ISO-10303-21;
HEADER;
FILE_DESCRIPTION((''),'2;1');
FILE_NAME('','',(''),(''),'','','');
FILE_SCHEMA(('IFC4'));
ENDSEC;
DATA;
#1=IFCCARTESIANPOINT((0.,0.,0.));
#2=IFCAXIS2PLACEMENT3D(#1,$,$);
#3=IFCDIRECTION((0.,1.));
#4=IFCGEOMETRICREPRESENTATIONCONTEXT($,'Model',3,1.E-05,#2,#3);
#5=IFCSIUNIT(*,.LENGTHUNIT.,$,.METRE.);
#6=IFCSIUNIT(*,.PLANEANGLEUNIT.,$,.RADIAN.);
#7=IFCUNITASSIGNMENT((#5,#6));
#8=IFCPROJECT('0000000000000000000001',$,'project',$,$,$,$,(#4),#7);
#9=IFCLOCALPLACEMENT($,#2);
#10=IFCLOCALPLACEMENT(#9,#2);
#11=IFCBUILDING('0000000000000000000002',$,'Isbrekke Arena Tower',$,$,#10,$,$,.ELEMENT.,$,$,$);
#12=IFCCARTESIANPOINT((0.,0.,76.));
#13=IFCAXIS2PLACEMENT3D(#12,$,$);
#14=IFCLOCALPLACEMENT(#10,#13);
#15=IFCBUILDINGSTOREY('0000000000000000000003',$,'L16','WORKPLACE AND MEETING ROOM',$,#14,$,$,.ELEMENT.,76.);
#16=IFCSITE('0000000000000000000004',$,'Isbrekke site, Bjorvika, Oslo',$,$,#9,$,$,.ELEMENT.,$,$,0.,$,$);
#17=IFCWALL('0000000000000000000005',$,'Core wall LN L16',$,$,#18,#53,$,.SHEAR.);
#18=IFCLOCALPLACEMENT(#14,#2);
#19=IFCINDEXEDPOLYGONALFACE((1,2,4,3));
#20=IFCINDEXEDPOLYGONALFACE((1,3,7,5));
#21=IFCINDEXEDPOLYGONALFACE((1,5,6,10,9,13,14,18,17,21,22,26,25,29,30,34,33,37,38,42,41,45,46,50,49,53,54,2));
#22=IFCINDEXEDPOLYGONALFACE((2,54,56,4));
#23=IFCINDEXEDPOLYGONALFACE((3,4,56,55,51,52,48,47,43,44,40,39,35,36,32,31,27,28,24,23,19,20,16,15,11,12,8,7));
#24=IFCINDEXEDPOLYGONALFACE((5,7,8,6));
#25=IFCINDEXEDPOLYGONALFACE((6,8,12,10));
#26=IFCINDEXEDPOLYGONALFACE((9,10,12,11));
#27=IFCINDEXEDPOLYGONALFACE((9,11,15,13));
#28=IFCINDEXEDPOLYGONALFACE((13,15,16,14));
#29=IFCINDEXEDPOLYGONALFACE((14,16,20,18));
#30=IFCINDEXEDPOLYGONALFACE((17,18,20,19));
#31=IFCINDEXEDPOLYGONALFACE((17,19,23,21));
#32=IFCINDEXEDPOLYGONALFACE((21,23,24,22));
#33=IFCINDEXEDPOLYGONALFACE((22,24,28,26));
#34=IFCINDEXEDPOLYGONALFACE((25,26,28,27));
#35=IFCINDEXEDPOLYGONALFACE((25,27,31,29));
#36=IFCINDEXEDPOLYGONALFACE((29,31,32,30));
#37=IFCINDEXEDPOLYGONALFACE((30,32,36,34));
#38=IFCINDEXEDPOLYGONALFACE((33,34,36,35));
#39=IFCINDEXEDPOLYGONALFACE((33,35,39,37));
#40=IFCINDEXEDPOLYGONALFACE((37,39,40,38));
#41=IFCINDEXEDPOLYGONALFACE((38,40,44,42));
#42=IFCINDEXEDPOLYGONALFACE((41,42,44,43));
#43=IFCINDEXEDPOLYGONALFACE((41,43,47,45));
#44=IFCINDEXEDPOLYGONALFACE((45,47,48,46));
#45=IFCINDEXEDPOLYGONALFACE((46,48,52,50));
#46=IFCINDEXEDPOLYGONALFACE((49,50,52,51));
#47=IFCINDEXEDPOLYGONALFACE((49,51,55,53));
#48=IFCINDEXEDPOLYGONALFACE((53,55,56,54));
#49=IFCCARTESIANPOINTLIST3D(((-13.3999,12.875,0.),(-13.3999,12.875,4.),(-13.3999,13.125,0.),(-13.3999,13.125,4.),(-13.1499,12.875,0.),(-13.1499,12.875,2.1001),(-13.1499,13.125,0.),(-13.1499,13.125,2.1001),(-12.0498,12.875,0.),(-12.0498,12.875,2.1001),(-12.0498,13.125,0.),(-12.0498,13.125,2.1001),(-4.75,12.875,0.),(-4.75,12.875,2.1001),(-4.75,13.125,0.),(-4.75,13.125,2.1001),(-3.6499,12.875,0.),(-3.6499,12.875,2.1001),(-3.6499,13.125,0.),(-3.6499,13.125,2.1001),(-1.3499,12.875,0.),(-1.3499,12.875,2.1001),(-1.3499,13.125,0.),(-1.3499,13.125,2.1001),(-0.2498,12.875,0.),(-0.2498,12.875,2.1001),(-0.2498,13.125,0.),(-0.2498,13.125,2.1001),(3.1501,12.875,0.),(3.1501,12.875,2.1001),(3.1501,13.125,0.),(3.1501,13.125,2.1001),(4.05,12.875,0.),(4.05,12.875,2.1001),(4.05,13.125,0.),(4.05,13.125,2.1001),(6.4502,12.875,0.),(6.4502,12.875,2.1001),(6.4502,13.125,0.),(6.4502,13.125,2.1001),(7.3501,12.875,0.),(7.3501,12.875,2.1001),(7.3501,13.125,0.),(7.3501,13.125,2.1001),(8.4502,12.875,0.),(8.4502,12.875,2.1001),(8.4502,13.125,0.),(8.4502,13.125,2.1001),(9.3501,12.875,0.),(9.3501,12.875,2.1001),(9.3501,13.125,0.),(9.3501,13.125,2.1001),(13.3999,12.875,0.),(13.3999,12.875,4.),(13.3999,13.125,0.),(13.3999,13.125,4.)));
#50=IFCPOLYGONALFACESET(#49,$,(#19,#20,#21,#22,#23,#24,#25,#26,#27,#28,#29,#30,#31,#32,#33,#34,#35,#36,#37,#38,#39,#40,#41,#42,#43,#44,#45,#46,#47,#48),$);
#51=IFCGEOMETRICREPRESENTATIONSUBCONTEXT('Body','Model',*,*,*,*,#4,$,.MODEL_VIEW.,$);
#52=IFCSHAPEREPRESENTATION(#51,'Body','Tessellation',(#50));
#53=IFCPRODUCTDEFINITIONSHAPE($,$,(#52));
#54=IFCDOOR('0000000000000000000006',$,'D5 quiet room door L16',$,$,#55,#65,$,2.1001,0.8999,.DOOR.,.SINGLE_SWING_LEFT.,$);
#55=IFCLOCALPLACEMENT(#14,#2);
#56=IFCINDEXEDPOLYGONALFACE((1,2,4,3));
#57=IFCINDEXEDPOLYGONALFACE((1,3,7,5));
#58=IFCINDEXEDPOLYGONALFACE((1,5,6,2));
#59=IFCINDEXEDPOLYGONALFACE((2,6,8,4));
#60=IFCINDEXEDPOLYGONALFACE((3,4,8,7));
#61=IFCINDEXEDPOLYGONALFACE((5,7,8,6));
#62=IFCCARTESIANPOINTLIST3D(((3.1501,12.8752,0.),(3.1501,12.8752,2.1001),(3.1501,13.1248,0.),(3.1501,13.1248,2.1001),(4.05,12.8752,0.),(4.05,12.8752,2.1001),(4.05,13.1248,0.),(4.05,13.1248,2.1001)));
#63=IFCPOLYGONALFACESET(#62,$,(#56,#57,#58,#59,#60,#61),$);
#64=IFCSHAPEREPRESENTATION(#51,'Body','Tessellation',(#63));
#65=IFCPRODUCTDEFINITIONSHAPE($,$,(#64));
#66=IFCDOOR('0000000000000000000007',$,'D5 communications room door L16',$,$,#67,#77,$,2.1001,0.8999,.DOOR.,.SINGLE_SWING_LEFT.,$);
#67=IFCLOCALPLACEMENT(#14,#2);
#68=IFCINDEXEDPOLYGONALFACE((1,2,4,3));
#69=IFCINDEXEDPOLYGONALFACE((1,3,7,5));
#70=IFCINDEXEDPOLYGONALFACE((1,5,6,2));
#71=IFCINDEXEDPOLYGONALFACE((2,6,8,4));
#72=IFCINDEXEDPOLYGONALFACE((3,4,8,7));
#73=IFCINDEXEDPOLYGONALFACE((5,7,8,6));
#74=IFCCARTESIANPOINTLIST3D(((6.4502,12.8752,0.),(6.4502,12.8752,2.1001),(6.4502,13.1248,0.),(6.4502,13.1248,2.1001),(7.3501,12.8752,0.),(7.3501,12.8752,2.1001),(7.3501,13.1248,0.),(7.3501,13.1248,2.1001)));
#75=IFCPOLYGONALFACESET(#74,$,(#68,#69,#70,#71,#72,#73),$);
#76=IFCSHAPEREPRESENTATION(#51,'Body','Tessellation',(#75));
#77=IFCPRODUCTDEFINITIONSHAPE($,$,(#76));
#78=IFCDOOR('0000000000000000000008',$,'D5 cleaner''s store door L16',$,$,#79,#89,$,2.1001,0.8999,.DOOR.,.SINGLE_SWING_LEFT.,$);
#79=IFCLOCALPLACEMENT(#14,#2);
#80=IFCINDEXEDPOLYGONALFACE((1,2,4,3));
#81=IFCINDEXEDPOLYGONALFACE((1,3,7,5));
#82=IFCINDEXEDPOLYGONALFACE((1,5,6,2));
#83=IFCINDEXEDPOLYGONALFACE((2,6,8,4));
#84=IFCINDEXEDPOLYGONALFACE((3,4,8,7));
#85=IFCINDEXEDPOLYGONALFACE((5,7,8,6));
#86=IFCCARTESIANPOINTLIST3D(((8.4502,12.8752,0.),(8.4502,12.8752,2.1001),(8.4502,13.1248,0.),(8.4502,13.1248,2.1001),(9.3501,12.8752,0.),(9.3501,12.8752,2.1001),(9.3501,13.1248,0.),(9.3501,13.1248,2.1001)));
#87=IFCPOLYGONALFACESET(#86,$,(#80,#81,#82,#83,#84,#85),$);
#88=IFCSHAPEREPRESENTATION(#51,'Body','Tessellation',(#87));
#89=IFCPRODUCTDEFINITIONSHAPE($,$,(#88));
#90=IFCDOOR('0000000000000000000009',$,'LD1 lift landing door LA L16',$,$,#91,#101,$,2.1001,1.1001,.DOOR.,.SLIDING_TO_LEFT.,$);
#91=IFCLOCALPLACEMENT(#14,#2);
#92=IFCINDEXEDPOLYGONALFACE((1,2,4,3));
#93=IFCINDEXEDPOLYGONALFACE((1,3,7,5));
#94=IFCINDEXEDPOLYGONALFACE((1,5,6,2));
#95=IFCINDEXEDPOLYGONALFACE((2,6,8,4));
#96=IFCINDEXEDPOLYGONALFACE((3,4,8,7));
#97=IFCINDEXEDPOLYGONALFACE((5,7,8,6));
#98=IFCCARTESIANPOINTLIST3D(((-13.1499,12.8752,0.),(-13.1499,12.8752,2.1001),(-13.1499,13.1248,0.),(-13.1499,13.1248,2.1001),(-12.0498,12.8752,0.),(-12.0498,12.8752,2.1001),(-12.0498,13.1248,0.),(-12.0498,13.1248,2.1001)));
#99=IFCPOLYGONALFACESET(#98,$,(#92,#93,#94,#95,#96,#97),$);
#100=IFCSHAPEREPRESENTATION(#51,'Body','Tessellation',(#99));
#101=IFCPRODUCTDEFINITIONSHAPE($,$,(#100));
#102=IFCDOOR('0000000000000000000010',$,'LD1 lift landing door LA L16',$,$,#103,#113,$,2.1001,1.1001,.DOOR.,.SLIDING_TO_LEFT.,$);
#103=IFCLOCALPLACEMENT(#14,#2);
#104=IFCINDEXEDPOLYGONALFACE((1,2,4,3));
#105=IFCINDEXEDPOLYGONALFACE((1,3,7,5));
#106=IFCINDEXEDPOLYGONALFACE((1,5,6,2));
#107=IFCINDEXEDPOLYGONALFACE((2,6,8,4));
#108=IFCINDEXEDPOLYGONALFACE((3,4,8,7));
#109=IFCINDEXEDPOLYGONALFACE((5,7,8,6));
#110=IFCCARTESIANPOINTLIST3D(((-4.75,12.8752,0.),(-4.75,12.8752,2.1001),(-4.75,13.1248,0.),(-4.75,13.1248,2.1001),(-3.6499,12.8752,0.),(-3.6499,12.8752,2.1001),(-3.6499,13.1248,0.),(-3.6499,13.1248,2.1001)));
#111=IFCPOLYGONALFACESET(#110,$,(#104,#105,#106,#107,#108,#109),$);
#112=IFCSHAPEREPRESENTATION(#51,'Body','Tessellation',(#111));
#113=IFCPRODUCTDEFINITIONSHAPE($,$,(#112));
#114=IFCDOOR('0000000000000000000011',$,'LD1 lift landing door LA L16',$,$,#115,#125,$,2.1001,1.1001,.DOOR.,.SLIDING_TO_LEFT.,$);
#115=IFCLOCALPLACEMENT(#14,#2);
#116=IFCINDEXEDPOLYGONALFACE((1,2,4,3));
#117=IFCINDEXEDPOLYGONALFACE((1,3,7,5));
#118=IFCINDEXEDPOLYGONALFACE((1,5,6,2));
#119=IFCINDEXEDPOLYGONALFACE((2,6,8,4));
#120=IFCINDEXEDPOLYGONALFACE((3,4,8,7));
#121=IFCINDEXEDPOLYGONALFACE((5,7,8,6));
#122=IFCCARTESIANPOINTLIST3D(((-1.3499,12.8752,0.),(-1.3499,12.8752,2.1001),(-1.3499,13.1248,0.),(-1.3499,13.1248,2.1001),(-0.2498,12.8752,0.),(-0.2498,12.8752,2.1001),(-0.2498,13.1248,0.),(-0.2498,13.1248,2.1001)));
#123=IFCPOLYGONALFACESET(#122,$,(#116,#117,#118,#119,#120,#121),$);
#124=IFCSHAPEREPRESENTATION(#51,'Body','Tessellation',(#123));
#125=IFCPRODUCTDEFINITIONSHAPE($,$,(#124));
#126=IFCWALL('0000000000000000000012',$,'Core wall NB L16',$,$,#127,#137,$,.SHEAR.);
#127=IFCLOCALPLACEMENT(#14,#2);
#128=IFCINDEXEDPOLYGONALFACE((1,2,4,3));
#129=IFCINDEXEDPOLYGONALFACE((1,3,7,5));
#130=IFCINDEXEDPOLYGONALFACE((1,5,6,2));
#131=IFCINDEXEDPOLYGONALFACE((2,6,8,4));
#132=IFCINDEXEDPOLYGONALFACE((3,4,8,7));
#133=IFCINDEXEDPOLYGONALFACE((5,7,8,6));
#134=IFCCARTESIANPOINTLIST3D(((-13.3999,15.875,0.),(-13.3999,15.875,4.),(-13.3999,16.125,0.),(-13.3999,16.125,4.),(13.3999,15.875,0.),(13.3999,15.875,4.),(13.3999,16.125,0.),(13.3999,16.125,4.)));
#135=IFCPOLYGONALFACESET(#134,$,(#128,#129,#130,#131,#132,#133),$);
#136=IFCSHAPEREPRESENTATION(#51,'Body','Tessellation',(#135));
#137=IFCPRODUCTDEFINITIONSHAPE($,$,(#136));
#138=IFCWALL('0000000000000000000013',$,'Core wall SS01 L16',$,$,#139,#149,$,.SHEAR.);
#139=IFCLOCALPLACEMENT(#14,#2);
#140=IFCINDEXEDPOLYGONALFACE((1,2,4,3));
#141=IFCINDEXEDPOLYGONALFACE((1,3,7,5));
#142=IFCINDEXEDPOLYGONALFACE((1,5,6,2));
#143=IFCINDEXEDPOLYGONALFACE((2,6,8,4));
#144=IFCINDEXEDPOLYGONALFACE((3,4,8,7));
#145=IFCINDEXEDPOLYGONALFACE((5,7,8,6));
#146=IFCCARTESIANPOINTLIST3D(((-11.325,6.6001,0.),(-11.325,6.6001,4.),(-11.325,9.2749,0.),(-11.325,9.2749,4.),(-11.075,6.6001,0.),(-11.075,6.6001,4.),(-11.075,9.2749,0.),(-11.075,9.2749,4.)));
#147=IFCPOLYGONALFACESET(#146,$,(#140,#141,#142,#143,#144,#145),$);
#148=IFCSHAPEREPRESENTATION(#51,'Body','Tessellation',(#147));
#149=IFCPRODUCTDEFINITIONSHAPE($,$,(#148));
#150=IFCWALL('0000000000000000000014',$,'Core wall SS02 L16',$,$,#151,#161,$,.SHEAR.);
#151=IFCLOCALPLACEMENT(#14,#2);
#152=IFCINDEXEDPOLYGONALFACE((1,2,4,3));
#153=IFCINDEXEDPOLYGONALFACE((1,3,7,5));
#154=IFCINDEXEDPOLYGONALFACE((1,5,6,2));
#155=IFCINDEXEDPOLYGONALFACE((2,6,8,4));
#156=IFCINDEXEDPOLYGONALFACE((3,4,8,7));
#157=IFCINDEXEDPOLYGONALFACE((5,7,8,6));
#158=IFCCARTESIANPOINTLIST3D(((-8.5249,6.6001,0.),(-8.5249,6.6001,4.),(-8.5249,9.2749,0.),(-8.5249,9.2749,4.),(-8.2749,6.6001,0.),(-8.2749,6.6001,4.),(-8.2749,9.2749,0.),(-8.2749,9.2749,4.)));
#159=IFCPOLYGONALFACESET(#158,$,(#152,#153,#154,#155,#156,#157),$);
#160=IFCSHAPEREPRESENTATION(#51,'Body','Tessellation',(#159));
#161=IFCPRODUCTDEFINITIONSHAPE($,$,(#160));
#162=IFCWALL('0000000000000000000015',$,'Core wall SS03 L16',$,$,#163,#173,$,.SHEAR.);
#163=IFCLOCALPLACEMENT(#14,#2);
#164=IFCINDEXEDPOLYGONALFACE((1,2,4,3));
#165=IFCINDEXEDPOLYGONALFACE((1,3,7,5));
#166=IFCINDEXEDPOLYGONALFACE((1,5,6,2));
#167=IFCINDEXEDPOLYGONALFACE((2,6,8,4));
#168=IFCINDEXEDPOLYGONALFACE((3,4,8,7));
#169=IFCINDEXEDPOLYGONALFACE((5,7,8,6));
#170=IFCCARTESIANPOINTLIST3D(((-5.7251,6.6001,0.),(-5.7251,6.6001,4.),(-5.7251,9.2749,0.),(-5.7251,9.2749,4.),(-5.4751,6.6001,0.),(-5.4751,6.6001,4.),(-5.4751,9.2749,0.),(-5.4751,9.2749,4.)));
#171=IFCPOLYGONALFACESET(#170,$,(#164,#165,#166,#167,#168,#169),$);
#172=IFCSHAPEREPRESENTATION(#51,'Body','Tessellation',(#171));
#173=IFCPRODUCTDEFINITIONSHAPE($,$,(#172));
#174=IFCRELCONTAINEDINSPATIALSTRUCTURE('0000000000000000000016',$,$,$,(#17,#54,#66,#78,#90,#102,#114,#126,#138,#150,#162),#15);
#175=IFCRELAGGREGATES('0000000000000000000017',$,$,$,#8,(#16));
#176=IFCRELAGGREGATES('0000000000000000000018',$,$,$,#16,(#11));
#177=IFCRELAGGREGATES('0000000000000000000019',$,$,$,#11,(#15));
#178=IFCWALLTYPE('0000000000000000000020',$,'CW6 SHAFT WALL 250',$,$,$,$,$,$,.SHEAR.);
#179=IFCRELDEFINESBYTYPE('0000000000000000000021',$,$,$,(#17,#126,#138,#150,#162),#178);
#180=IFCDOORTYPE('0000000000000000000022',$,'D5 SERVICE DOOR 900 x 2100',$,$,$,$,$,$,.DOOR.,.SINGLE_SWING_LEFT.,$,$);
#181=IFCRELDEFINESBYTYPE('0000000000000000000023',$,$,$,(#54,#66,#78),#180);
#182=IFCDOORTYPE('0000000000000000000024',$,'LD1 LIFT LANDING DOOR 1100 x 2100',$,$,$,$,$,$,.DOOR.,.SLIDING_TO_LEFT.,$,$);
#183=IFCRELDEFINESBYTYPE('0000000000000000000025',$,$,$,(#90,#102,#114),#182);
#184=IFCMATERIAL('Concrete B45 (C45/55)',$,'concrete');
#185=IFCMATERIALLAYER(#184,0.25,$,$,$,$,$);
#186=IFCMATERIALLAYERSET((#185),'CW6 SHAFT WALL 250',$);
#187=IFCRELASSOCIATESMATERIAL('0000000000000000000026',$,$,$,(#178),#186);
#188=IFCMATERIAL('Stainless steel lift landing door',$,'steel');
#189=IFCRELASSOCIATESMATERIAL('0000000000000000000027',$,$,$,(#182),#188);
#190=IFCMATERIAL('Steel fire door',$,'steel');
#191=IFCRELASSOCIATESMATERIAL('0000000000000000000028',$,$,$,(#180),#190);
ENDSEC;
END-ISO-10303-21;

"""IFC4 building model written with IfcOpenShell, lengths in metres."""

from ifc_helpers import new_model, si_unit, direction, frame, frame_2d, origin, place, context, subcontext, project, spatial, rectangle, extrude, material, layer, layer_set, type_object, element, fill, save


model = new_model("IFC4")

# Units and contexts
model_context = context("Model", 3, precision=1e-05, world=origin(), true_north=direction((0.0, 1.0)))
body_context = subcontext(model_context, "Body", "Model", "MODEL_VIEW")
ifc_project = project(units=[si_unit("LENGTHUNIT", "METRE"), si_unit("PLANEANGLEUNIT", "RADIAN")], contexts=[model_context])

# Site, building, storey
site_placement = place(None, origin())
site = spatial("IfcSite", under=ifc_project, at=site_placement, Name="Isbrekke site, Bjorvika, Oslo", CompositionType="ELEMENT", RefElevation=0.0)
building_placement = place(site_placement, origin())
building = spatial("IfcBuilding", under=site, at=building_placement, Name="Isbrekke Arena Tower", CompositionType="ELEMENT")
storey_placement = place(building_placement, frame((0.0, 0.0, 76.0)))
storey = spatial("IfcBuildingStorey", under=building, at=storey_placement, Name="L16", Description="WORKPLACE AND MEETING ROOM", CompositionType="ELEMENT", Elevation=76.0)

# Wall, openings, doors
ifc_material_1 = material(Name="Concrete B45 (C45/55)", Category="concrete")
ifc_layer_1 = layer(ifc_material_1, 0.25)
ifc_layer_set_1 = layer_set([ifc_layer_1], Name="CW6 SHAFT WALL 250")
wall_type_1 = type_object("IfcWallType", Name="CW6 SHAFT WALL 250", PredefinedType="SHEAR", material=ifc_layer_set_1)
ifc_material_2 = material(Name="Stainless steel lift landing door", Category="steel")
door_type_1 = type_object("IfcDoorType", Name="LD1 LIFT LANDING DOOR 1100 x 2100", OperationType="SLIDING_TO_LEFT", PredefinedType="DOOR", material=ifc_material_2)
wall_1_placement = place(storey_placement, frame((-13.3999, 13.0, 0.0), z_axis=(0.0, 0.0, 1.0), x_axis=(1.0, 0.0, 0.0)))
wall_1 = element("IfcWall", 1, at=wall_1_placement, inside=storey, type_object=wall_type_1, Name="Core wall LN L16", PredefinedType="SHEAR", context=body_context, shape_type="SweptSolid", body=[
    extrude(rectangle(XDim=26.7998, YDim=0.25, at=frame_2d((13.3999, 0.0))), origin(), (0.0, 0.0, 1.0), 4.0),
])
opening_1_placement = place(wall_1_placement, frame((0.25, 0.0, 0.0)))
opening_1 = element("IfcOpeningElement", 2, at=opening_1_placement, cuts=wall_1, PredefinedType="OPENING", context=body_context, shape_type="SweptSolid", body=[
    extrude(rectangle(XDim=1.1001, YDim=2.1001, at=frame_2d((0.55, 1.05))), frame((0.0, 0.1399, 0.0), z_axis=(0.0, -1.0, 0.0), x_axis=(1.0, 0.0, 0.0)), (0.0, 0.0, 1.0), 0.2798),
])
opening_2_placement = place(wall_1_placement, frame((8.6499, 0.0, 0.0)))
opening_2 = element("IfcOpeningElement", 3, at=opening_2_placement, cuts=wall_1, PredefinedType="OPENING", context=body_context, shape_type="SweptSolid", body=[
    extrude(rectangle(XDim=1.1001, YDim=2.1001, at=frame_2d((0.55, 1.05))), frame((0.0, 0.1399, 0.0), z_axis=(0.0, -1.0, 0.0), x_axis=(1.0, 0.0, 0.0)), (0.0, 0.0, 1.0), 0.2798),
])
opening_3_placement = place(wall_1_placement, frame((12.05, 0.0, 0.0)))
opening_3 = element("IfcOpeningElement", 4, at=opening_3_placement, cuts=wall_1, PredefinedType="OPENING", context=body_context, shape_type="SweptSolid", body=[
    extrude(rectangle(XDim=1.1001, YDim=2.1001, at=frame_2d((0.55, 1.05))), frame((0.0, 0.1399, 0.0), z_axis=(0.0, -1.0, 0.0), x_axis=(1.0, 0.0, 0.0)), (0.0, 0.0, 1.0), 0.2798),
])
opening_4_placement = place(wall_1_placement, frame((16.55, 0.0, 0.0)))
opening_4 = element("IfcOpeningElement", 5, at=opening_4_placement, cuts=wall_1, PredefinedType="OPENING", context=body_context, shape_type="SweptSolid", body=[
    extrude(rectangle(XDim=0.8999, YDim=2.1001, at=frame_2d((0.45, 1.05))), frame((0.0, 0.1399, 0.0), z_axis=(0.0, -1.0, 0.0), x_axis=(1.0, 0.0, 0.0)), (0.0, 0.0, 1.0), 0.2798),
])
opening_5_placement = place(wall_1_placement, frame((19.8501, 0.0, 0.0)))
opening_5 = element("IfcOpeningElement", 6, at=opening_5_placement, cuts=wall_1, PredefinedType="OPENING", context=body_context, shape_type="SweptSolid", body=[
    extrude(rectangle(XDim=0.8999, YDim=2.1001, at=frame_2d((0.45, 1.05))), frame((0.0, 0.1399, 0.0), z_axis=(0.0, -1.0, 0.0), x_axis=(1.0, 0.0, 0.0)), (0.0, 0.0, 1.0), 0.2798),
])
opening_6_placement = place(wall_1_placement, frame((21.8501, 0.0, 0.0)))
opening_6 = element("IfcOpeningElement", 7, at=opening_6_placement, cuts=wall_1, PredefinedType="OPENING", context=body_context, shape_type="SweptSolid", body=[
    extrude(rectangle(XDim=0.8999, YDim=2.1001, at=frame_2d((0.45, 1.05))), frame((0.0, 0.1399, 0.0), z_axis=(0.0, -1.0, 0.0), x_axis=(1.0, 0.0, 0.0)), (0.0, 0.0, 1.0), 0.2798),
])
ifc_material_3 = material(Name="Steel fire door", Category="steel")
door_type_2 = type_object("IfcDoorType", Name="D5 SERVICE DOOR 900 x 2100", OperationType="SINGLE_SWING_LEFT", PredefinedType="DOOR", material=ifc_material_3)
door_1_placement = place(opening_4_placement, origin())
door_1 = element("IfcDoor", 8, at=door_1_placement, inside=storey, type_object=door_type_2, Name="D5 quiet room door L16", OperationType="SINGLE_SWING_LEFT", OverallHeight=2.1001, OverallWidth=0.8999, PredefinedType="DOOR", context=body_context, shape_type="SweptSolid", body=[
    extrude(rectangle(XDim=0.8999, YDim=2.1001, at=frame_2d((0.45, 1.05))), frame((0.0, 0.1248, 0.0), z_axis=(0.0, -1.0, 0.0), x_axis=(1.0, 0.0, 0.0)), (0.0, 0.0, 1.0), 0.2495),
])
fill(opening_4, door_1)
door_2_placement = place(opening_5_placement, origin())
door_2 = element("IfcDoor", 9, at=door_2_placement, inside=storey, type_object=door_type_2, Name="D5 communications room door L16", OperationType="SINGLE_SWING_LEFT", OverallHeight=2.1001, OverallWidth=0.8999, PredefinedType="DOOR", context=body_context, shape_type="SweptSolid", body=[
    extrude(rectangle(XDim=0.8999, YDim=2.1001, at=frame_2d((0.45, 1.05))), frame((0.0, 0.1248, 0.0), z_axis=(0.0, -1.0, 0.0), x_axis=(1.0, 0.0, 0.0)), (0.0, 0.0, 1.0), 0.2495),
])
fill(opening_5, door_2)
door_3_placement = place(opening_6_placement, origin())
door_3 = element("IfcDoor", 10, at=door_3_placement, inside=storey, type_object=door_type_2, Name="D5 cleaner's store door L16", OperationType="SINGLE_SWING_LEFT", OverallHeight=2.1001, OverallWidth=0.8999, PredefinedType="DOOR", context=body_context, shape_type="SweptSolid", body=[
    extrude(rectangle(XDim=0.8999, YDim=2.1001, at=frame_2d((0.45, 1.05))), frame((0.0, 0.1248, 0.0), z_axis=(0.0, -1.0, 0.0), x_axis=(1.0, 0.0, 0.0)), (0.0, 0.0, 1.0), 0.2495),
])
fill(opening_6, door_3)
door_4_placement = place(opening_1_placement, origin())
door_4 = element("IfcDoor", 11, at=door_4_placement, inside=storey, type_object=door_type_1, Name="LD1 lift landing door LA L16", OperationType="SLIDING_TO_LEFT", OverallHeight=2.1001, OverallWidth=1.1001, PredefinedType="DOOR", context=body_context, shape_type="SweptSolid", body=[
    extrude(rectangle(XDim=1.1001, YDim=2.1001, at=frame_2d((0.55, 1.05))), frame((0.0, 0.1248, 0.0), z_axis=(0.0, -1.0, 0.0), x_axis=(1.0, 0.0, 0.0)), (0.0, 0.0, 1.0), 0.2495),
])
fill(opening_1, door_4)
door_5_placement = place(opening_2_placement, origin())
door_5 = element("IfcDoor", 12, at=door_5_placement, inside=storey, type_object=door_type_1, Name="LD1 lift landing door LA L16", OperationType="SLIDING_TO_LEFT", OverallHeight=2.1001, OverallWidth=1.1001, PredefinedType="DOOR", context=body_context, shape_type="SweptSolid", body=[
    extrude(rectangle(XDim=1.1001, YDim=2.1001, at=frame_2d((0.55, 1.05))), frame((0.0, 0.1248, 0.0), z_axis=(0.0, -1.0, 0.0), x_axis=(1.0, 0.0, 0.0)), (0.0, 0.0, 1.0), 0.2495),
])
fill(opening_2, door_5)
door_6_placement = place(opening_3_placement, origin())
door_6 = element("IfcDoor", 13, at=door_6_placement, inside=storey, type_object=door_type_1, Name="LD1 lift landing door LA L16", OperationType="SLIDING_TO_LEFT", OverallHeight=2.1001, OverallWidth=1.1001, PredefinedType="DOOR", context=body_context, shape_type="SweptSolid", body=[
    extrude(rectangle(XDim=1.1001, YDim=2.1001, at=frame_2d((0.55, 1.05))), frame((0.0, 0.1248, 0.0), z_axis=(0.0, -1.0, 0.0), x_axis=(1.0, 0.0, 0.0)), (0.0, 0.0, 1.0), 0.2495),
])
fill(opening_3, door_6)

# Walls
wall_2_placement = place(storey_placement, frame((-13.3999, 16.0, 0.0), z_axis=(0.0, 0.0, 1.0), x_axis=(1.0, 0.0, 0.0)))
element("IfcWall", 14, at=wall_2_placement, inside=storey, type_object=wall_type_1, Name="Core wall NB L16", PredefinedType="SHEAR", context=body_context, shape_type="SweptSolid", body=[
    extrude(rectangle(XDim=26.7998, YDim=0.25, at=frame_2d((13.3999, 0.0))), origin(), (0.0, 0.0, 1.0), 4.0),
])
for number, where, z_axis, x_axis, name in (
    (15, (-11.2, 6.6001, 0.0), (0.0, 0.0, 1.0), (0.0, 1.0, 0.0), "Core wall SS01 L16"),
    (16, (-8.3999, 6.6001, 0.0), (0.0, 0.0, 1.0), (0.0, 1.0, 0.0), "Core wall SS02 L16"),
    (17, (-5.6001, 6.6001, 0.0), (0.0, 0.0, 1.0), (0.0, 1.0, 0.0), "Core wall SS03 L16"),
):
    element("IfcWall", number, at=place(storey_placement, frame(where, z_axis=z_axis, x_axis=x_axis)), inside=storey, type_object=wall_type_1, Name=name, PredefinedType="SHEAR", context=body_context, shape_type="SweptSolid", body=[
        extrude(rectangle(XDim=2.6748, YDim=0.25, at=frame_2d((1.3374, 0.0))), origin(), (0.0, 0.0, 1.0), 4.0),
    ])

save(model, "model.ifc")
